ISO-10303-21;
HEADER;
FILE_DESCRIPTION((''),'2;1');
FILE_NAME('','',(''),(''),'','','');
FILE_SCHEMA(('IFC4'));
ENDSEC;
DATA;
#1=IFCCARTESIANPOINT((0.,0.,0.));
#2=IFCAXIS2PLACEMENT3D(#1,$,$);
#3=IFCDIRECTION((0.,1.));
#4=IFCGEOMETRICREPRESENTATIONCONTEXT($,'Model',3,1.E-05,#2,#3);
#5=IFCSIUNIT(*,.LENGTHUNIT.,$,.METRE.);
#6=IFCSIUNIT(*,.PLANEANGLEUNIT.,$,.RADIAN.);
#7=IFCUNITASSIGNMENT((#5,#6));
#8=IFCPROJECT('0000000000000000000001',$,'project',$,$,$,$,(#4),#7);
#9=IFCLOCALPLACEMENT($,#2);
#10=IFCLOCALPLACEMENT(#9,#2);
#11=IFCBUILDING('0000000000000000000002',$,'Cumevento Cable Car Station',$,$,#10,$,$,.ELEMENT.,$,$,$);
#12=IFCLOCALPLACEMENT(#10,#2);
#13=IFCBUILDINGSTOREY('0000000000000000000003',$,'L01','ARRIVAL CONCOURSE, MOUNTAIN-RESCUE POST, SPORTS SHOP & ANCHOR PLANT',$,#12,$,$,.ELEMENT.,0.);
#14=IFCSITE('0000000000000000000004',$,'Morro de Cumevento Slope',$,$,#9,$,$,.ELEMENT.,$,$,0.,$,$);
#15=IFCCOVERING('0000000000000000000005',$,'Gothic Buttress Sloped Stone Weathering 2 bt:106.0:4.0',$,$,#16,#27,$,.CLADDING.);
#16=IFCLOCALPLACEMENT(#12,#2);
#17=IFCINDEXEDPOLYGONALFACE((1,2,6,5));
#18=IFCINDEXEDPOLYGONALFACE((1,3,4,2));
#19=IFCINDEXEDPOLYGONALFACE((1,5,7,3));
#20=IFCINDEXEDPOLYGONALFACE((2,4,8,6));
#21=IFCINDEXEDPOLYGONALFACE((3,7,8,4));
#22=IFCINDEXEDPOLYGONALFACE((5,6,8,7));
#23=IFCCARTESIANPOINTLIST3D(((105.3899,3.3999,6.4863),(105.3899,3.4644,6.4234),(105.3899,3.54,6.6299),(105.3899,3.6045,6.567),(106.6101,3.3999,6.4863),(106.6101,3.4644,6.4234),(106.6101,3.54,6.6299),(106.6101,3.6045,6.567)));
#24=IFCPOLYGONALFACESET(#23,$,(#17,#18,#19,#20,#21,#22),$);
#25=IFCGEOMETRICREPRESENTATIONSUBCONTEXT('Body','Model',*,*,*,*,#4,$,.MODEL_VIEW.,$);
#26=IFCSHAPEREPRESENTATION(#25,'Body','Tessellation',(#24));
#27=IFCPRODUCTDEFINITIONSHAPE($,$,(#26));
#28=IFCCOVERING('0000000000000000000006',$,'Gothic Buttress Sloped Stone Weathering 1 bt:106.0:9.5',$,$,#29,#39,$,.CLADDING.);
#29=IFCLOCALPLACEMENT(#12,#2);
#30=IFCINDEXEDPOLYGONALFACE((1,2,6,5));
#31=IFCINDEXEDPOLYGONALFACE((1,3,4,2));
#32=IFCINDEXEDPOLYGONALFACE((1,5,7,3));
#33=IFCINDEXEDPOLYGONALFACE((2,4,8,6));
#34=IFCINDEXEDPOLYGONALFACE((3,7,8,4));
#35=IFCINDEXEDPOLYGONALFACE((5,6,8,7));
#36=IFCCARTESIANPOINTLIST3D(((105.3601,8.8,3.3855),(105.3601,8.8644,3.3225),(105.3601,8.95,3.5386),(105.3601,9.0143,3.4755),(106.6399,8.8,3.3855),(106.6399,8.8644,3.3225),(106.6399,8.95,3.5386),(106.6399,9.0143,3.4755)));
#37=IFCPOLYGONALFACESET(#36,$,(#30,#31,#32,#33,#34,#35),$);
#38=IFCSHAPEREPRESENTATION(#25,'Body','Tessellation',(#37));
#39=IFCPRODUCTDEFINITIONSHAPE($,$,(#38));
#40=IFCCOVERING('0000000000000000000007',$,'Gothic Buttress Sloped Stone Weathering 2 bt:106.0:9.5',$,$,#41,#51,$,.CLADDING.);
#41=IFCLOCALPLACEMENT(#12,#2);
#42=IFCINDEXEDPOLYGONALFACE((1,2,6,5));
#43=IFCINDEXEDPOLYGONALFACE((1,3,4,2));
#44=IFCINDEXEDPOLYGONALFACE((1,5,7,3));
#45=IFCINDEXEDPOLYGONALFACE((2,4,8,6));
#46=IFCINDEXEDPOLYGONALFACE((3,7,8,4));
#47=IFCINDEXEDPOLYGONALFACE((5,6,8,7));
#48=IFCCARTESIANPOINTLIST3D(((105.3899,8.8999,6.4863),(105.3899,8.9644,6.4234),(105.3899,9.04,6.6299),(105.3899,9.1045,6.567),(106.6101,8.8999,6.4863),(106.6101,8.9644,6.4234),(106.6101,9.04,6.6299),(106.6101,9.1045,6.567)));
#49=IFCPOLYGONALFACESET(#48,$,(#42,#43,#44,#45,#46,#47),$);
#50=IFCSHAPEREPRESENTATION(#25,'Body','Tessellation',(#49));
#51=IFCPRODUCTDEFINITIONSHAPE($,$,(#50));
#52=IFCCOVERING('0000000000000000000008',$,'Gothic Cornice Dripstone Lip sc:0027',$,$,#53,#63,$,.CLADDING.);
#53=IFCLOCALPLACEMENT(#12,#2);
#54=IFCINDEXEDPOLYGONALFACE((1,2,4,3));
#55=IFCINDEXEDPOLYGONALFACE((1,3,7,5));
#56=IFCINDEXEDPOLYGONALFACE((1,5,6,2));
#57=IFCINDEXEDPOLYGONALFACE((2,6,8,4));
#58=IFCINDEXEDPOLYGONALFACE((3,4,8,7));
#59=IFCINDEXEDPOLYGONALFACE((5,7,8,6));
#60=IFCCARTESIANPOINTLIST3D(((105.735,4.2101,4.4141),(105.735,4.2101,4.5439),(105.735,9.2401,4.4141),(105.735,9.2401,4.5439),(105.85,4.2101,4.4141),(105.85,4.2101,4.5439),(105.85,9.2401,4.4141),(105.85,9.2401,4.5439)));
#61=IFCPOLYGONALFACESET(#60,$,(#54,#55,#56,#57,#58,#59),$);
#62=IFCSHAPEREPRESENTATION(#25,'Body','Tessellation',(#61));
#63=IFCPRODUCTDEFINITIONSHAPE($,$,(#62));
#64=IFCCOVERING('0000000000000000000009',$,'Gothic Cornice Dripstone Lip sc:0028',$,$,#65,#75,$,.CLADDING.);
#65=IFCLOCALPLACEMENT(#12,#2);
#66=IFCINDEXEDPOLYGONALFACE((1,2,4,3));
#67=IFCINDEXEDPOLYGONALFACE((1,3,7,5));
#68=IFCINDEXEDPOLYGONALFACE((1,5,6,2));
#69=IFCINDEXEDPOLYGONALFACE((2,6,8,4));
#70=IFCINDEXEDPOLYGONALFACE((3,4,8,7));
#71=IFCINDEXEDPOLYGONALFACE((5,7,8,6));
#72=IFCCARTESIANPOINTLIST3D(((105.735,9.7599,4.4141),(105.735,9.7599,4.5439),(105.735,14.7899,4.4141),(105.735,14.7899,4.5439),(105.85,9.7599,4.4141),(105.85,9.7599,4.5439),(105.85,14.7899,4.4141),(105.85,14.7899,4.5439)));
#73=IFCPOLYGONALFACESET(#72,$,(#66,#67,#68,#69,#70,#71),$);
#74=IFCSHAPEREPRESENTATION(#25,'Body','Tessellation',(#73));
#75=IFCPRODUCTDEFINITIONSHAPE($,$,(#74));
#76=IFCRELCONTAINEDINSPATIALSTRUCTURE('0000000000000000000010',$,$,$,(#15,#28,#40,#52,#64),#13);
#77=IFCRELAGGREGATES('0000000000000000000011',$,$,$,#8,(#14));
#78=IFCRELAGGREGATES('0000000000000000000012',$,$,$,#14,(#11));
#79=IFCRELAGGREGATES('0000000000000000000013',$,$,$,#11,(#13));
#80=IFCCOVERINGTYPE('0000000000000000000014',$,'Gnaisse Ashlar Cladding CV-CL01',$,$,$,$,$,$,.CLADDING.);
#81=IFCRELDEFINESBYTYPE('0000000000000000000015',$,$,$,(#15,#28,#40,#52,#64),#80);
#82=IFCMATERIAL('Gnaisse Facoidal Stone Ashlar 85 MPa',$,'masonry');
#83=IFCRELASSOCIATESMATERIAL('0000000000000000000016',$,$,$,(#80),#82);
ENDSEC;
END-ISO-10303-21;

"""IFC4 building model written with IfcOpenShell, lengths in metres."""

from ifc_helpers import new_model, si_unit, direction, frame, origin, origin_2d, place, context, subcontext, project, spatial, polyline, rectangle, outline, extrude, material, type_object, element, save


model = new_model("IFC4")

# Units and contexts
model_context = context("Model", 3, precision=1e-05, world=origin(), true_north=direction((0.0, 1.0)))
body_context = subcontext(model_context, "Body", "Model", "MODEL_VIEW")
ifc_project = project(units=[si_unit("LENGTHUNIT", "METRE"), si_unit("PLANEANGLEUNIT", "RADIAN")], contexts=[model_context])

# Site, building, storey
site_placement = place(None, origin())
site = spatial("IfcSite", under=ifc_project, at=site_placement, Name="Morro de Cumevento Slope", CompositionType="ELEMENT", RefElevation=0.0)
building_placement = place(site_placement, origin())
building = spatial("IfcBuilding", under=site, at=building_placement, Name="Cumevento Cable Car Station", CompositionType="ELEMENT")
storey_placement = place(building_placement, origin())
storey = spatial("IfcBuildingStorey", under=building, at=storey_placement, Name="L01", Description="ARRIVAL CONCOURSE, MOUNTAIN-RESCUE POST, SPORTS SHOP & ANCHOR PLANT", CompositionType="ELEMENT", Elevation=0.0)

# Coverings
ifc_material_1 = material(Name="Gnaisse Facoidal Stone Ashlar 85 MPa", Category="masonry")
covering_type = type_object("IfcCoveringType", Name="Gnaisse Ashlar Cladding CV-CL01", PredefinedType="CLADDING", material=ifc_material_1)
covering_1_placement = place(storey_placement, frame((105.3899, 3.3999, 6.4863), z_axis=(0.0, -0.715574, 0.698537), x_axis=(1.0, 0.0, 0.0)))
element("IfcCovering", 1, at=covering_1_placement, inside=storey, type_object=covering_type, Name="Gothic Buttress Sloped Stone Weathering 2 bt:106.0:4.0", PredefinedType="CLADDING", context=body_context, shape_type="SweptSolid", body=[
    extrude(outline(polyline([(0.0, 0.0), (1.2202, 0.0), (1.2202, 0.2006), (0.0, 0.2006), (0.0, 0.0)])), origin(), (0.0, 0.0, -1.0), 0.0901),
])
covering_2_placement = place(storey_placement, frame((105.3601, 8.8, 3.3855), z_axis=(0.0, -0.714475, 0.699661), x_axis=(1.0, 0.0, 0.0)))
element("IfcCovering", 2, at=covering_2_placement, inside=storey, type_object=covering_type, Name="Gothic Buttress Sloped Stone Weathering 1 bt:106.0:9.5", PredefinedType="CLADDING", context=body_context, shape_type="SweptSolid", body=[
    extrude(outline(polyline([(0.0, 0.0), (1.2798, 0.0), (1.2798, 0.2142), (0.0, 0.2142), (0.0, 0.0)])), origin(), (0.0, 0.0, -1.0), 0.0901),
])
covering_3_placement = place(storey_placement, frame((105.3899, 8.8999, 6.4863), z_axis=(0.0, -0.715574, 0.698537), x_axis=(1.0, 0.0, 0.0)))
element("IfcCovering", 3, at=covering_3_placement, inside=storey, type_object=covering_type, Name="Gothic Buttress Sloped Stone Weathering 2 bt:106.0:9.5", PredefinedType="CLADDING", context=body_context, shape_type="SweptSolid", body=[
    extrude(outline(polyline([(0.0, 0.0), (1.2202, 0.0), (1.2202, 0.2006), (0.0, 0.2006), (0.0, 0.0)])), origin(), (0.0, 0.0, -1.0), 0.0901),
])
for number, where, z_axis, x_axis, name in (
    (4, (105.7925, 6.7251, 4.4141), (0.0, 0.0, 1.0), (0.0, 1.0, 0.0), "Gothic Cornice Dripstone Lip sc:0027"),
    (5, (105.7925, 12.2749, 4.4141), (0.0, 0.0, 1.0), (0.0, 1.0, 0.0), "Gothic Cornice Dripstone Lip sc:0028"),
):
    element("IfcCovering", number, at=place(storey_placement, frame(where, z_axis=z_axis, x_axis=x_axis)), inside=storey, type_object=covering_type, Name=name, PredefinedType="CLADDING", context=body_context, shape_type="SweptSolid", body=[
        extrude(rectangle(XDim=5.03, YDim=0.115, at=origin_2d()), origin(), (0.0, 0.0, 1.0), 0.1299),
    ])

save(model, "model.ifc")
